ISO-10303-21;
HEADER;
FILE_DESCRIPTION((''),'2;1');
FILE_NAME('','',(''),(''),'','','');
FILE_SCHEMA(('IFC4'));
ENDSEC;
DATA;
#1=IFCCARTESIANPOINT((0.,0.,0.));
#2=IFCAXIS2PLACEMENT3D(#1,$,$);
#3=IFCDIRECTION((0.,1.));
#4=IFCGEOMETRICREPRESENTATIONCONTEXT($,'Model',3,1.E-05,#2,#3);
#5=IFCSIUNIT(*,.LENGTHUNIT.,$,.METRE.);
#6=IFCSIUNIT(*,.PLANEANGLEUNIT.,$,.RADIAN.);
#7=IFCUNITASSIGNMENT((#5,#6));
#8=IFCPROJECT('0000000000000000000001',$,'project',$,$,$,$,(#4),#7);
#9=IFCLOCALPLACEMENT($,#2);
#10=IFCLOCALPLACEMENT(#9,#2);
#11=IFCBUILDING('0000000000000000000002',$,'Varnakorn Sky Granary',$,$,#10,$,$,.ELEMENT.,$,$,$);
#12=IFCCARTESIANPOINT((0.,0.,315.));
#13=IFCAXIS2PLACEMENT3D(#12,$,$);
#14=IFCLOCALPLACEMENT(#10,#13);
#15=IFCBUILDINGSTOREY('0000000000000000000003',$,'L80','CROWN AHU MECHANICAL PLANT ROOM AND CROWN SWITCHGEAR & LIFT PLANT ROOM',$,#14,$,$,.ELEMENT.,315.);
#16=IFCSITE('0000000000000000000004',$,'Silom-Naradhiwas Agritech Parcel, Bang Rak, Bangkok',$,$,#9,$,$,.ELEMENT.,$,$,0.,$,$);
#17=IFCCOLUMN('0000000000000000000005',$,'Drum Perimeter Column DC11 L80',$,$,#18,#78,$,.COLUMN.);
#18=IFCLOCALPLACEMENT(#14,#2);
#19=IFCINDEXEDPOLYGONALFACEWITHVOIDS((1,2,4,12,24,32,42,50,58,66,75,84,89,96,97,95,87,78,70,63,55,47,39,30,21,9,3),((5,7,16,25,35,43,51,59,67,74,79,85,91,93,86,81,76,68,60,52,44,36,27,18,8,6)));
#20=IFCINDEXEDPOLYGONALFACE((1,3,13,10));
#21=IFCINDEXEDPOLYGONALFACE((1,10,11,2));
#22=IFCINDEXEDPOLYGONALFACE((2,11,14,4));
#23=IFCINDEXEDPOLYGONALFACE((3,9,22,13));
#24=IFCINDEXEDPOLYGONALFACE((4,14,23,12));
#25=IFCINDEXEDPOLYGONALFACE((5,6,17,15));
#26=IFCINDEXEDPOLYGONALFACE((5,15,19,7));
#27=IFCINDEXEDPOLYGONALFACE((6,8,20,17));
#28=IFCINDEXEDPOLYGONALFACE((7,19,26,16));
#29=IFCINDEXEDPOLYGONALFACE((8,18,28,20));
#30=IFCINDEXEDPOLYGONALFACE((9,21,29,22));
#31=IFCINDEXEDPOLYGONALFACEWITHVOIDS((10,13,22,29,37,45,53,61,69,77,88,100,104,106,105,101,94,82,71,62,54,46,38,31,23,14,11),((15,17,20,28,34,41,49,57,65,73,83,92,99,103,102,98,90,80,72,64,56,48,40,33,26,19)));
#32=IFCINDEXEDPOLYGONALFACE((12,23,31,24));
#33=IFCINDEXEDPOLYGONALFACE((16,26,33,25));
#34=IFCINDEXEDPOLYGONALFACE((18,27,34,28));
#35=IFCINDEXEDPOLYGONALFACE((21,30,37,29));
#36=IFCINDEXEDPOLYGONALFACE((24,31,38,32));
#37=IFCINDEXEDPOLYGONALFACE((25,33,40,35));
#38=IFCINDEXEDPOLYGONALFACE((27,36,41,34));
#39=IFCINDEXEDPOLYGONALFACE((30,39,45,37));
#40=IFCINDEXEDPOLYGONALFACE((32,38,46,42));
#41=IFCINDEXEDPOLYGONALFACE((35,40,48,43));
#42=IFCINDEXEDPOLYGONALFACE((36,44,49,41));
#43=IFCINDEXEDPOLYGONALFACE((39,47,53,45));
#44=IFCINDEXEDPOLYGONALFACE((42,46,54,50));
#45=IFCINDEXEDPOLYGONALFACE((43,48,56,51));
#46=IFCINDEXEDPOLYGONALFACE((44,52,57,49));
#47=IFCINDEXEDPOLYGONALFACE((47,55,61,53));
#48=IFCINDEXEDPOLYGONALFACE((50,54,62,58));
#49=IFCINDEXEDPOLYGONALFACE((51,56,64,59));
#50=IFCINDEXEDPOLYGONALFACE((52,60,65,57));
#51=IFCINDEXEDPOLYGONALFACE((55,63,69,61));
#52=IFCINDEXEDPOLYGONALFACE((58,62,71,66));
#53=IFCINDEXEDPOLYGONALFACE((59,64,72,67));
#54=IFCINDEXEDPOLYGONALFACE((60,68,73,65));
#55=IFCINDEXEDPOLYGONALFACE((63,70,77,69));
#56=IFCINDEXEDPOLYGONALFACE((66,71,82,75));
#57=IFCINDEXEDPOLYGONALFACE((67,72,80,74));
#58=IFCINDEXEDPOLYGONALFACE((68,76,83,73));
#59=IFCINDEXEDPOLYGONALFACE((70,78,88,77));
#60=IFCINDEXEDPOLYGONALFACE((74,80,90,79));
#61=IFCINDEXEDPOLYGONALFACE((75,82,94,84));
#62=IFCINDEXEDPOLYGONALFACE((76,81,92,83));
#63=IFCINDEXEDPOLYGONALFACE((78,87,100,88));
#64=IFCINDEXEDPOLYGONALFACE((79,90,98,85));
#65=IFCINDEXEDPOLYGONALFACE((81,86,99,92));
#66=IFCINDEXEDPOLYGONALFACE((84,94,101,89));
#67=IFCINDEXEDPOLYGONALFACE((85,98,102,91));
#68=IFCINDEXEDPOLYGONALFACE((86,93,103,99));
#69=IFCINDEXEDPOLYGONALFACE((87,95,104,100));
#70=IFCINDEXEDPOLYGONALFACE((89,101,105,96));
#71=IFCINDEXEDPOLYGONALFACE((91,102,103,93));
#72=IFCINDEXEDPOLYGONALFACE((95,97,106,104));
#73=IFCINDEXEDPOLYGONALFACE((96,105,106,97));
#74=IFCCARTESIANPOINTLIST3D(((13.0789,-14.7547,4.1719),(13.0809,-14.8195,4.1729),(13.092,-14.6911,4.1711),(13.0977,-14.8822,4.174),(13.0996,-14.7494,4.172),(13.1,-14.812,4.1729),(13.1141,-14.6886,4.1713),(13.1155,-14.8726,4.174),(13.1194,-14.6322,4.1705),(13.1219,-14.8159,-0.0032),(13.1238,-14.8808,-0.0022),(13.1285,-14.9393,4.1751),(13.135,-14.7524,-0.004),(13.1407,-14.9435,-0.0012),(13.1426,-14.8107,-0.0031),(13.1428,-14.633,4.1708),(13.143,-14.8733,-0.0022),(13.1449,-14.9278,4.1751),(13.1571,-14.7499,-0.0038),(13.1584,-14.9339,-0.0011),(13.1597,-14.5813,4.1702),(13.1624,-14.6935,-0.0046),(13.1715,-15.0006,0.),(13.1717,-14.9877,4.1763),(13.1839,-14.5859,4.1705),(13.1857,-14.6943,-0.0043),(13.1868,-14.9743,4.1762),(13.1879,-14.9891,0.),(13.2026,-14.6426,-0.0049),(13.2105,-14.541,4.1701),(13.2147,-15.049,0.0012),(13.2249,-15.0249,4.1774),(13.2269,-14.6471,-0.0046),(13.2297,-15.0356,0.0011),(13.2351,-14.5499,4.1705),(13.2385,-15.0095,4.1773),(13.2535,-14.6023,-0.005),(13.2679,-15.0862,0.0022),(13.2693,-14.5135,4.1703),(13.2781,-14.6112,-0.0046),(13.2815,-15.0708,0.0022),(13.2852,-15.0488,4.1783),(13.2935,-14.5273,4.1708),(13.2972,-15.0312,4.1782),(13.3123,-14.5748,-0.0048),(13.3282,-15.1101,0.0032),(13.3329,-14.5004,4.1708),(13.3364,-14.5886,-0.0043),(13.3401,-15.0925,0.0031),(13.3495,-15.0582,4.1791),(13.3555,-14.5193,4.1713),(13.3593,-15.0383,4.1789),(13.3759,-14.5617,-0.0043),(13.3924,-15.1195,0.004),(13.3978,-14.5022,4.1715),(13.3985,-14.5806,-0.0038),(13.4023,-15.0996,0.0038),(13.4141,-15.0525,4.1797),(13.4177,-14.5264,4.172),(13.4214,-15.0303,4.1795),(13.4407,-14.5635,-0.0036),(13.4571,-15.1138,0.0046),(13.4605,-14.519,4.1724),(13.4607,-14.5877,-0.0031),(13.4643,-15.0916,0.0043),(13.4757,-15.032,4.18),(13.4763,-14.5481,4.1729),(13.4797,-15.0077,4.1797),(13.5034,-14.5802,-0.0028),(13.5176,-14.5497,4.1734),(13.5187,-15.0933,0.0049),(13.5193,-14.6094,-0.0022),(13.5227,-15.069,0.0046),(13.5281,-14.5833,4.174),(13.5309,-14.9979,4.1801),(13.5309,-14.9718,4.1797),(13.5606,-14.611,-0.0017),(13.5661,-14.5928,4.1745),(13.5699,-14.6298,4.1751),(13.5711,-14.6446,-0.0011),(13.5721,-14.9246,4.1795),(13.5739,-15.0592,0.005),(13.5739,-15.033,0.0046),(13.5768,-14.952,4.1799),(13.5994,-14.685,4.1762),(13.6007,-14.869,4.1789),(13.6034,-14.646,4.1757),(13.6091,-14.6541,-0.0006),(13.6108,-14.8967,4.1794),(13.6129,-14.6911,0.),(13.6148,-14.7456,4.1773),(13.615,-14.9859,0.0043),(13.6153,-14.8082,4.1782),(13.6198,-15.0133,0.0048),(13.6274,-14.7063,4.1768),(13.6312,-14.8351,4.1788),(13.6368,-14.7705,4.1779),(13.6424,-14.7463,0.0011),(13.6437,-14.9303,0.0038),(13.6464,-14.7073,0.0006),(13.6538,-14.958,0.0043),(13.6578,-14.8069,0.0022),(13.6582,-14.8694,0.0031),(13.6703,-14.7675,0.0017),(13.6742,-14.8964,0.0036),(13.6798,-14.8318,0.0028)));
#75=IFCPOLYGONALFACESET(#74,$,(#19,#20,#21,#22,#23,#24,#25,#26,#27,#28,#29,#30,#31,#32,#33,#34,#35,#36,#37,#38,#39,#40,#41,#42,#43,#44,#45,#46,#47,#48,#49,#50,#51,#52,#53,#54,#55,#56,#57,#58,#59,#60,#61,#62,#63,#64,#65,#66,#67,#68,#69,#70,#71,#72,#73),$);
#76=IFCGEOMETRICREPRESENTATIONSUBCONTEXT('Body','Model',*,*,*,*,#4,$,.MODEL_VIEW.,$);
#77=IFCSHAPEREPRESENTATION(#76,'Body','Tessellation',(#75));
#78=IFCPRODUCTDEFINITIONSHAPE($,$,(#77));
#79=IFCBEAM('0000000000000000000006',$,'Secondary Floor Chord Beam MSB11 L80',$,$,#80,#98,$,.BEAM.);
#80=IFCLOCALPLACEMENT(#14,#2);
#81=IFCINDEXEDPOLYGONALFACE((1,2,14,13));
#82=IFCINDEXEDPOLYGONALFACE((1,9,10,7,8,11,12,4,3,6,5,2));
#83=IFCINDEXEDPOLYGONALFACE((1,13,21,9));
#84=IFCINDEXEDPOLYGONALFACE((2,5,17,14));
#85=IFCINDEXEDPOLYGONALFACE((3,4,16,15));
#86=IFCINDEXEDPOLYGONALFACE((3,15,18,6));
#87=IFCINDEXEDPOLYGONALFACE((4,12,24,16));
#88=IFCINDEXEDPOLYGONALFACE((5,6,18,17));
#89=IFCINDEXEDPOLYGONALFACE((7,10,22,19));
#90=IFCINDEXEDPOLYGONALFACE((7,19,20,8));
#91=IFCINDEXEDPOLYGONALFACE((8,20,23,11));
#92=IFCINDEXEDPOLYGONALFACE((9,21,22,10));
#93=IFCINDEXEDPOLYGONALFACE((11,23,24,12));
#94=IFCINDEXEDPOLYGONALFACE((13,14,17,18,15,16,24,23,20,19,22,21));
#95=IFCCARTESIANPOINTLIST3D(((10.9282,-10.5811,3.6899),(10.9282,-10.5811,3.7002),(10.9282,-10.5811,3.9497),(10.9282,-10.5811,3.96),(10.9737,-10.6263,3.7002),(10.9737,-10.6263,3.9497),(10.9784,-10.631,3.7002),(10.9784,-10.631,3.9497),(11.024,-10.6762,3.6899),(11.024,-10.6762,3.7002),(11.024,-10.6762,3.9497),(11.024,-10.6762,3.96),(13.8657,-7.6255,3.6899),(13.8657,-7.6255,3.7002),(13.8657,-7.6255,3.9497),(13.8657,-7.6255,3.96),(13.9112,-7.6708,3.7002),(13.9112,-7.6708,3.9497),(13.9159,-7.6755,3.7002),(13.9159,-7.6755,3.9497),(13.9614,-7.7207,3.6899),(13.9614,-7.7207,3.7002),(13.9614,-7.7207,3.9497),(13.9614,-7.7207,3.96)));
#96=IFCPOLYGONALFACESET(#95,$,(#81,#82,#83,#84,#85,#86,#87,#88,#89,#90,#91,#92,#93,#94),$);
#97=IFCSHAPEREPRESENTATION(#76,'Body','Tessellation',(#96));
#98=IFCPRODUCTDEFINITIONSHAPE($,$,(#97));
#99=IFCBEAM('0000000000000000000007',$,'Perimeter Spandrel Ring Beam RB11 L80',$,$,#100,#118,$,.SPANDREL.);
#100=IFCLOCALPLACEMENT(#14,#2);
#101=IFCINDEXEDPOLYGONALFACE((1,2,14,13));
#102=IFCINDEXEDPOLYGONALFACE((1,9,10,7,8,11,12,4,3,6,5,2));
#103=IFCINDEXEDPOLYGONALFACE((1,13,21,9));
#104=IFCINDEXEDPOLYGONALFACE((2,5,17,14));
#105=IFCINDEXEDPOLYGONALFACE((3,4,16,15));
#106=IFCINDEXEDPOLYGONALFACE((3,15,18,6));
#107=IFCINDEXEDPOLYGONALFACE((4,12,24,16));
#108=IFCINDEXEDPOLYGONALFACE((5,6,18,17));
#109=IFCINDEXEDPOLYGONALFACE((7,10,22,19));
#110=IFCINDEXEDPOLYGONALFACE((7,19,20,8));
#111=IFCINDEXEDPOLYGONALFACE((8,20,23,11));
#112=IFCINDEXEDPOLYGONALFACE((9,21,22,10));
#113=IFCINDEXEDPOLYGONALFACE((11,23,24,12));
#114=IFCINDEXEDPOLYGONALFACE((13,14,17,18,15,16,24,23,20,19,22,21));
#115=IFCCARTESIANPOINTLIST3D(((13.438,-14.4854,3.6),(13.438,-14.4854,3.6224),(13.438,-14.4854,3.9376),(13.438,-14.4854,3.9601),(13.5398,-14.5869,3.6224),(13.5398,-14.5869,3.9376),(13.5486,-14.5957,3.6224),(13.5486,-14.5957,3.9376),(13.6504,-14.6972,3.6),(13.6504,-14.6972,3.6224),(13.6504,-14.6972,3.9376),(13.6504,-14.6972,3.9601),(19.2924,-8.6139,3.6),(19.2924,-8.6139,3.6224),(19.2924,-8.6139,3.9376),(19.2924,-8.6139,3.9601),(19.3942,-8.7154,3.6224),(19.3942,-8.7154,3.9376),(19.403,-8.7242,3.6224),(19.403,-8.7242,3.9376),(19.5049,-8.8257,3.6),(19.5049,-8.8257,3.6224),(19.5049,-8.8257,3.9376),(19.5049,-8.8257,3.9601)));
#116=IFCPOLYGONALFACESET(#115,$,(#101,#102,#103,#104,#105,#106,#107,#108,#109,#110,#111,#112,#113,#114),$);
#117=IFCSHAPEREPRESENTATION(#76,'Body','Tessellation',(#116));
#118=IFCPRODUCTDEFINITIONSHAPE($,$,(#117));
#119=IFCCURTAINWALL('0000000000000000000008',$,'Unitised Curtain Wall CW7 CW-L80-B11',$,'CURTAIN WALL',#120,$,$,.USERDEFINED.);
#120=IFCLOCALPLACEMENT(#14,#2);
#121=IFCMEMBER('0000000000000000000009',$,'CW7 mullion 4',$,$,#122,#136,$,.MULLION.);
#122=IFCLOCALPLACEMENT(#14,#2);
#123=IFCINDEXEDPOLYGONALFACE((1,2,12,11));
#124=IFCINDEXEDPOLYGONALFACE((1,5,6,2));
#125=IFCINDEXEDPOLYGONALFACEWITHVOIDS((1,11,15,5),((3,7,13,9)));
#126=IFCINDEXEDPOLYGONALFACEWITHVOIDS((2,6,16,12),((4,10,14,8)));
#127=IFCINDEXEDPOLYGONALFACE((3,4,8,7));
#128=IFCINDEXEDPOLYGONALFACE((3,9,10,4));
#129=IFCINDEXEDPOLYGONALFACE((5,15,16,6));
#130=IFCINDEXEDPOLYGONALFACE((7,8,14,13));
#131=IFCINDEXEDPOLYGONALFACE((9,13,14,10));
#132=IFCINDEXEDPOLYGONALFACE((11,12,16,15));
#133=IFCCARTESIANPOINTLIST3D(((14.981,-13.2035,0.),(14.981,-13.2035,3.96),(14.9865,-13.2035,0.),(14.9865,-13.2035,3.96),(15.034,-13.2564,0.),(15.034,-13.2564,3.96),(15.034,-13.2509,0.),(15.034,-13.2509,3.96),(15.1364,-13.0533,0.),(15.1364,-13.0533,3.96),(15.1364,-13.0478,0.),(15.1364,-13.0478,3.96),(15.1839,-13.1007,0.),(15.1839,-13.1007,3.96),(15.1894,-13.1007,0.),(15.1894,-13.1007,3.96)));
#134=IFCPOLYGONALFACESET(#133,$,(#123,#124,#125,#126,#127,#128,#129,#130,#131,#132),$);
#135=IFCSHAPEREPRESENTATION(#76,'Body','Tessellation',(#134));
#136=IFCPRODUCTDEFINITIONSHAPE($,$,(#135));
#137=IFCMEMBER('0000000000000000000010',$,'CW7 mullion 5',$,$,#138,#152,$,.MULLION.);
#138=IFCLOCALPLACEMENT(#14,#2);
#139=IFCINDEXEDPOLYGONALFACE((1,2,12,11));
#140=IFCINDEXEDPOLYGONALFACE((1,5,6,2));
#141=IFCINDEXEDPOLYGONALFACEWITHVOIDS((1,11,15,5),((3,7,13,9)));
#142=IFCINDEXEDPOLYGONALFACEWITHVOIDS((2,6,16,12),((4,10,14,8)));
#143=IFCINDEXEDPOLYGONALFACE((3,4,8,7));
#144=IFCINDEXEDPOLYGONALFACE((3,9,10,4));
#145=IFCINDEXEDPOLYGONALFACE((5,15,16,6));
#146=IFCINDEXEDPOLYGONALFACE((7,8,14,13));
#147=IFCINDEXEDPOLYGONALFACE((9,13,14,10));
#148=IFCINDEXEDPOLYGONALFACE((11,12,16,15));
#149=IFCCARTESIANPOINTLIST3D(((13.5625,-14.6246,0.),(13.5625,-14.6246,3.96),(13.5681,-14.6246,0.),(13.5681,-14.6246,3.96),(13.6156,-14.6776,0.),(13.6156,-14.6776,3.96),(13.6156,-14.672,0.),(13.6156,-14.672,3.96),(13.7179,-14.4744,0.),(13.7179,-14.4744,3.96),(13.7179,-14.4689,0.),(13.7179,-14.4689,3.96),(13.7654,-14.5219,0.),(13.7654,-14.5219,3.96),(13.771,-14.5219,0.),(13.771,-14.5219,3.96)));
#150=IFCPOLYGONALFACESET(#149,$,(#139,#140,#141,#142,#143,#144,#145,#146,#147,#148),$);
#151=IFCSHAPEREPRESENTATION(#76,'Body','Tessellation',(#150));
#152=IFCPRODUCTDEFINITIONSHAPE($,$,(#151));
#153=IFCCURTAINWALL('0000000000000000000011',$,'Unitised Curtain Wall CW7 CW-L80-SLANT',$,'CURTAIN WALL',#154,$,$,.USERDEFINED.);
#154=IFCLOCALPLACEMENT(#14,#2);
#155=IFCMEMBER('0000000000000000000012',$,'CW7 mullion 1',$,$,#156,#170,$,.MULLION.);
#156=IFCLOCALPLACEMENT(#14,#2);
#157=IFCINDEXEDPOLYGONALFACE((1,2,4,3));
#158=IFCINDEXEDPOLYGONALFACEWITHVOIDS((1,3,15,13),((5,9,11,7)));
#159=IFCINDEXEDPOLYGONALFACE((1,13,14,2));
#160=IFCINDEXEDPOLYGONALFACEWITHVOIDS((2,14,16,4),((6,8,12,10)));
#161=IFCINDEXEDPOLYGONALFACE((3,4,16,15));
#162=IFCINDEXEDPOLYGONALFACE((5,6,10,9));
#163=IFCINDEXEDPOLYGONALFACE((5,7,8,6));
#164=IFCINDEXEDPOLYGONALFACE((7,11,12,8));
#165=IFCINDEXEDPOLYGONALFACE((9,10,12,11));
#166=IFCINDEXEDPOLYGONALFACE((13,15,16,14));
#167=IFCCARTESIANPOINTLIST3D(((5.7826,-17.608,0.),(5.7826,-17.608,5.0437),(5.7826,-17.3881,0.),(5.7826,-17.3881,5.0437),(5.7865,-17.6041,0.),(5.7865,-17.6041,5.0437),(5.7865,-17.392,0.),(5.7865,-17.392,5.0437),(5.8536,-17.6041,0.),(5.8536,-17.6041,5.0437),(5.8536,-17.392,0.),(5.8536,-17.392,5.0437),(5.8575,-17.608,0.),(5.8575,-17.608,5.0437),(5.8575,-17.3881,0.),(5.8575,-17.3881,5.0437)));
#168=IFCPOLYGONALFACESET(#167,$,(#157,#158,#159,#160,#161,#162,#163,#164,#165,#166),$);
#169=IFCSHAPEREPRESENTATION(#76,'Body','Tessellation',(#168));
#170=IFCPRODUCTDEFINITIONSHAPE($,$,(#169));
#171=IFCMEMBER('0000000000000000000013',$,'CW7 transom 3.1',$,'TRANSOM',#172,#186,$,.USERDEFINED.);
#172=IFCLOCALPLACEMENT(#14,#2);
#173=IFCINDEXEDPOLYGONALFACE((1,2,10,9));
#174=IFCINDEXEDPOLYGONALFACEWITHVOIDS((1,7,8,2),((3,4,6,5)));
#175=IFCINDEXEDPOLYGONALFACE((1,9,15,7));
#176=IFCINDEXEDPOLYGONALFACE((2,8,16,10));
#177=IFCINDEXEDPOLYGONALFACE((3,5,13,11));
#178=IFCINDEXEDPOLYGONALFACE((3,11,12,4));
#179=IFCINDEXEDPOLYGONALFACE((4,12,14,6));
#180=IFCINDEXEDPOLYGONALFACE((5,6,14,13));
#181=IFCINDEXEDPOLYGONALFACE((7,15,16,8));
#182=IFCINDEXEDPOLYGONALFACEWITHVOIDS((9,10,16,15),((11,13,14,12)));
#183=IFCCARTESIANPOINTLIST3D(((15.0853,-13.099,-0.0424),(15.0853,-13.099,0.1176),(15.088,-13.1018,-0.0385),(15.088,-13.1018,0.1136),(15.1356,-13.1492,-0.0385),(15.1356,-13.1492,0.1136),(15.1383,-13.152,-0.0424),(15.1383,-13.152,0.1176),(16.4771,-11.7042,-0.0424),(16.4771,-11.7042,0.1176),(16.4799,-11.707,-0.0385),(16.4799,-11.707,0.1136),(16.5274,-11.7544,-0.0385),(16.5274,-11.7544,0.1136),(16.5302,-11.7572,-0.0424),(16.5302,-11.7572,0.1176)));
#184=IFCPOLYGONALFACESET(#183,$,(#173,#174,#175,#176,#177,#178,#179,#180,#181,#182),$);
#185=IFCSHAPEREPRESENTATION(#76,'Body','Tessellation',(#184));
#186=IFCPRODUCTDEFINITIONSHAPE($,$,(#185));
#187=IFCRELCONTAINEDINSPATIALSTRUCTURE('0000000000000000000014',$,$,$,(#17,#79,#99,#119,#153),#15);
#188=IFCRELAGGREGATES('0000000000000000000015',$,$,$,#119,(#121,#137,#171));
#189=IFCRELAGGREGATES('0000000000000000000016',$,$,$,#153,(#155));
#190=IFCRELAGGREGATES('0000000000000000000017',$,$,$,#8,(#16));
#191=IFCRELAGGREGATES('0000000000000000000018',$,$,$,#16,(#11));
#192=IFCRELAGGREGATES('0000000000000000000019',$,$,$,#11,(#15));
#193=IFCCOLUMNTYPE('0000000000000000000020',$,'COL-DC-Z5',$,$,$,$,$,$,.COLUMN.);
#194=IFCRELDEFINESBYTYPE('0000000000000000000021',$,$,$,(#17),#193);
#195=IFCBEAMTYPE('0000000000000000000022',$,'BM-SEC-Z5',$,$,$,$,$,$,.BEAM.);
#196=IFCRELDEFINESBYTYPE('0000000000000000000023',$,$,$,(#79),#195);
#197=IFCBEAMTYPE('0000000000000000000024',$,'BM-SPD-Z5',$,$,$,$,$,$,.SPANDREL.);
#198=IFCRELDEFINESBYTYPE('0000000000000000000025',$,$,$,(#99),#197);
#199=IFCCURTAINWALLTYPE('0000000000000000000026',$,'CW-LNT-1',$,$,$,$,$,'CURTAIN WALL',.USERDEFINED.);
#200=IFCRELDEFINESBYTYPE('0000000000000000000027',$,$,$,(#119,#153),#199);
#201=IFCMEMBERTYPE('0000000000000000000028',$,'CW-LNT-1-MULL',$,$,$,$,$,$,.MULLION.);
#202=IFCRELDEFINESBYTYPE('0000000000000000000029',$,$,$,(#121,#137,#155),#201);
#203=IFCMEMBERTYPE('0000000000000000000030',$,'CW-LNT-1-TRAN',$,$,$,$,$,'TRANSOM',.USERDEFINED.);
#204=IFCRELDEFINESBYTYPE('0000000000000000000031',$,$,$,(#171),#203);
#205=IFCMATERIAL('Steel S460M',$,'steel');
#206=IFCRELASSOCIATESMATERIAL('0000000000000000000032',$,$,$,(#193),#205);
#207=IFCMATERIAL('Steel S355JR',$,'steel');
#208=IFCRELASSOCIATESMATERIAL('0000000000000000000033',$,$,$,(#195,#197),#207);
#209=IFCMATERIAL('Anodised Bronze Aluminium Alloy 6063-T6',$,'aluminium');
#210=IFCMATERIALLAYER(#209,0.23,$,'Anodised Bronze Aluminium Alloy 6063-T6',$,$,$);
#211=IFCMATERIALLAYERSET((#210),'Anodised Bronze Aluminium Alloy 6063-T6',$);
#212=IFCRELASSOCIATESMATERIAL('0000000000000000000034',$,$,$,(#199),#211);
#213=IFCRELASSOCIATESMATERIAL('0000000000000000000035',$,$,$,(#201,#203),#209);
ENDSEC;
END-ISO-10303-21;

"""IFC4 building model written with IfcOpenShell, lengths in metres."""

from ifc_helpers import new_model, si_unit, direction, frame, origin, origin_2d, place, context, subcontext, project, spatial, hollow_rectangle, hollow_circle, i_section, extrude, material, layer, layer_set, material_profile, profile_set, type_object, element, aggregate, save


model = new_model("IFC4")

# Units and contexts
model_context = context("Model", 3, precision=1e-05, world=origin(), true_north=direction((0.0, 1.0)))
body_context = subcontext(model_context, "Body", "Model", "MODEL_VIEW")
ifc_project = project(units=[si_unit("LENGTHUNIT", "METRE"), si_unit("PLANEANGLEUNIT", "RADIAN")], contexts=[model_context])

# Site, building, storey
site_placement = place(None, origin())
site = spatial("IfcSite", under=ifc_project, at=site_placement, Name="Silom-Naradhiwas Agritech Parcel, Bang Rak, Bangkok", CompositionType="ELEMENT", RefElevation=0.0)
building_placement = place(site_placement, origin())
building = spatial("IfcBuilding", under=site, at=building_placement, Name="Varnakorn Sky Granary", CompositionType="ELEMENT")
storey_placement = place(building_placement, frame((0.0, 0.0, 315.0)))
storey = spatial("IfcBuildingStorey", under=building, at=storey_placement, Name="L80", Description="CROWN AHU MECHANICAL PLANT ROOM AND CROWN SWITCHGEAR & LIFT PLANT ROOM", CompositionType="ELEMENT", Elevation=315.0)

# Column
ifc_material_1 = material(Name="Steel S460M", Category="steel")
ifc_material_profile_1 = material_profile(ifc_material_1, hollow_circle(Radius=0.2795, WallThickness=0.02, at=origin_2d()), Name="CHS 559x20")
ifc_profile_set_1 = profile_set([ifc_material_profile_1], Name="Steel S460M")
column_type = type_object("IfcColumnType", Name="COL-DC-Z5", PredefinedType="COLUMN", material=ifc_profile_set_1)
column_placement = place(storey_placement, frame((13.4004, -14.8401, 0.0), z_axis=(-0.01029, 0.014675, 0.999839), x_axis=(-0.818772, -0.574119, 0.0)))
element("IfcColumn", 1, at=column_placement, inside=storey, type_object=column_type, Name="Drum Perimeter Column DC11 L80", PredefinedType="COLUMN", context=body_context, shape_type="SweptSolid", body=[
    extrude(hollow_circle(Radius=0.2795, WallThickness=0.02, at=origin_2d()), origin(), (0.0, 0.0, 1.0), 4.1758),
])

# Beams
ifc_material_2 = material(Name="Steel S355JR", Category="steel")
ifc_material_profile_2 = material_profile(ifc_material_2, i_section(OverallWidth=0.135, OverallDepth=0.27, WebThickness=0.0066, FlangeThickness=0.0103, at=origin_2d()), Name="IPE 270")
ifc_profile_set_2 = profile_set([ifc_material_profile_2], Name="Steel S355JR")
beam_type_1 = type_object("IfcBeamType", Name="BM-SEC-Z5", PredefinedType="BEAM", material=ifc_profile_set_2)
beam_1_placement = place(storey_placement, frame((10.9761, -10.6287, 3.825), z_axis=(0.704936, 0.709271, 0.0), x_axis=(-0.709271, 0.704936, 0.0)))
element("IfcBeam", 2, at=beam_1_placement, inside=storey, type_object=beam_type_1, Name="Secondary Floor Chord Beam MSB11 L80", PredefinedType="BEAM", context=body_context, shape_type="SweptSolid", body=[
    extrude(i_section(OverallWidth=0.135, OverallDepth=0.27, WebThickness=0.0066, FlangeThickness=0.0103, at=origin_2d()), origin(), (0.0, 0.0, 1.0), 4.167),
])
ifc_material_profile_3 = material_profile(ifc_material_2, i_section(OverallWidth=0.3, OverallDepth=0.3601, WebThickness=0.0125, FlangeThickness=0.0225, at=origin_2d()), Name="HE 360 B")
ifc_profile_set_3 = profile_set([ifc_material_profile_3], Name="Steel S355JR")
beam_type_2 = type_object("IfcBeamType", Name="BM-SPD-Z5", PredefinedType="SPANDREL", material=ifc_profile_set_3)
beam_2_placement = place(storey_placement, frame((13.5442, -14.5913, 3.78), z_axis=(0.706075, 0.708137, 0.0), x_axis=(-0.708137, 0.706075, 0.0)))
element("IfcBeam", 3, at=beam_2_placement, inside=storey, type_object=beam_type_2, Name="Perimeter Spandrel Ring Beam RB11 L80", PredefinedType="SPANDREL", context=body_context, shape_type="SweptSolid", body=[
    extrude(i_section(OverallWidth=0.3, OverallDepth=0.3601, WebThickness=0.0125, FlangeThickness=0.0225, at=origin_2d()), origin(), (0.0, 0.0, 1.0), 8.2915),
])

# Curtain wall, members
ifc_material_3 = material(Name="Anodised Bronze Aluminium Alloy 6063-T6", Category="aluminium")
ifc_layer_1 = layer(ifc_material_3, 0.23, Name="Anodised Bronze Aluminium Alloy 6063-T6")
ifc_layer_set_1 = layer_set([ifc_layer_1], Name="Anodised Bronze Aluminium Alloy 6063-T6")
curtain_wall_type = type_object("IfcCurtainWallType", Name="CW-LNT-1", ElementType="CURTAIN WALL", PredefinedType="USERDEFINED", material=ifc_layer_set_1)
curtain_wall_1_placement = place(storey_placement, origin())
curtain_wall_1 = element("IfcCurtainWall", 4, at=curtain_wall_1_placement, inside=storey, type_object=curtain_wall_type, Name="Unitised Curtain Wall CW7 CW-L80-B11", ObjectType="CURTAIN WALL", PredefinedType="USERDEFINED")
ifc_material_profile_4 = material_profile(ifc_material_3, hollow_rectangle(XDim=0.075, YDim=0.22, WallThickness=0.0039, at=origin_2d()), Name="ALU MULL 75x220")
ifc_profile_set_4 = profile_set([ifc_material_profile_4], Name="Anodised Bronze Aluminium Alloy 6063-T6")
member_type_1 = type_object("IfcMemberType", Name="CW-LNT-1-MULL", PredefinedType="MULLION", material=ifc_profile_set_4)
member_1_placement = place(storey_placement, frame((15.0852, -13.1521, 0.0), z_axis=(0.0, 0.0, 1.0), x_axis=(0.707827, -0.706385, 0.0)))
member_1 = element("IfcMember", 5, at=member_1_placement, type_object=member_type_1, Name="CW7 mullion 4", PredefinedType="MULLION", context=body_context, shape_type="SweptSolid", body=[
    extrude(hollow_rectangle(XDim=0.075, YDim=0.22, WallThickness=0.0039, at=origin_2d()), origin(), (0.0, 0.0, 1.0), 3.96),
])
member_2_placement = place(storey_placement, frame((13.6667, -14.5732, 0.0), z_axis=(0.0, 0.0, 1.0), x_axis=(0.707827, -0.706385, 0.0)))
member_2 = element("IfcMember", 6, at=member_2_placement, type_object=member_type_1, Name="CW7 mullion 5", PredefinedType="MULLION", context=body_context, shape_type="SweptSolid", body=[
    extrude(hollow_rectangle(XDim=0.075, YDim=0.22, WallThickness=0.0039, at=origin_2d()), origin(), (0.0, 0.0, 1.0), 3.96),
])

# Curtain wall, member
curtain_wall_2_placement = place(storey_placement, origin())
curtain_wall_2 = element("IfcCurtainWall", 7, at=curtain_wall_2_placement, inside=storey, type_object=curtain_wall_type, Name="Unitised Curtain Wall CW7 CW-L80-SLANT", ObjectType="CURTAIN WALL", PredefinedType="USERDEFINED")
member_3_placement = place(storey_placement, frame((5.8201, -17.498, 0.0), z_axis=(0.0, 0.0, 1.0), x_axis=(-1.0, 0.0, 0.0)))
member_3 = element("IfcMember", 8, at=member_3_placement, type_object=member_type_1, Name="CW7 mullion 1", PredefinedType="MULLION", context=body_context, shape_type="SweptSolid", body=[
    extrude(hollow_rectangle(XDim=0.075, YDim=0.22, WallThickness=0.0039, at=origin_2d()), origin(), (0.0, 0.0, 1.0), 5.0437),
])

# Member
ifc_material_profile_5 = material_profile(ifc_material_3, hollow_rectangle(XDim=0.075, YDim=0.1599, WallThickness=0.0039, at=origin_2d()), Name="ALU TRAN 75x160")
ifc_profile_set_5 = profile_set([ifc_material_profile_5], Name="Anodised Bronze Aluminium Alloy 6063-T6")
member_type_2 = type_object("IfcMemberType", Name="CW-LNT-1-TRAN", ElementType="TRANSOM", PredefinedType="USERDEFINED", material=ifc_profile_set_5)
member_4_placement = place(storey_placement, frame((16.5037, -11.7307, 0.0376), z_axis=(-0.706363, -0.70785, 0.0), x_axis=(0.70785, -0.706363, 0.0)))
member_4 = element("IfcMember", 9, at=member_4_placement, type_object=member_type_2, Name="CW7 transom 3.1", ObjectType="TRANSOM", PredefinedType="USERDEFINED", context=body_context, shape_type="SweptSolid", body=[
    extrude(hollow_rectangle(XDim=0.075, YDim=0.1599, WallThickness=0.0039, at=origin_2d()), origin(), (0.0, 0.0, 1.0), 1.9705),
])

aggregate(curtain_wall_1, [member_1, member_2, member_4])
aggregate(curtain_wall_2, [member_3])

save(model, "model.ifc")
